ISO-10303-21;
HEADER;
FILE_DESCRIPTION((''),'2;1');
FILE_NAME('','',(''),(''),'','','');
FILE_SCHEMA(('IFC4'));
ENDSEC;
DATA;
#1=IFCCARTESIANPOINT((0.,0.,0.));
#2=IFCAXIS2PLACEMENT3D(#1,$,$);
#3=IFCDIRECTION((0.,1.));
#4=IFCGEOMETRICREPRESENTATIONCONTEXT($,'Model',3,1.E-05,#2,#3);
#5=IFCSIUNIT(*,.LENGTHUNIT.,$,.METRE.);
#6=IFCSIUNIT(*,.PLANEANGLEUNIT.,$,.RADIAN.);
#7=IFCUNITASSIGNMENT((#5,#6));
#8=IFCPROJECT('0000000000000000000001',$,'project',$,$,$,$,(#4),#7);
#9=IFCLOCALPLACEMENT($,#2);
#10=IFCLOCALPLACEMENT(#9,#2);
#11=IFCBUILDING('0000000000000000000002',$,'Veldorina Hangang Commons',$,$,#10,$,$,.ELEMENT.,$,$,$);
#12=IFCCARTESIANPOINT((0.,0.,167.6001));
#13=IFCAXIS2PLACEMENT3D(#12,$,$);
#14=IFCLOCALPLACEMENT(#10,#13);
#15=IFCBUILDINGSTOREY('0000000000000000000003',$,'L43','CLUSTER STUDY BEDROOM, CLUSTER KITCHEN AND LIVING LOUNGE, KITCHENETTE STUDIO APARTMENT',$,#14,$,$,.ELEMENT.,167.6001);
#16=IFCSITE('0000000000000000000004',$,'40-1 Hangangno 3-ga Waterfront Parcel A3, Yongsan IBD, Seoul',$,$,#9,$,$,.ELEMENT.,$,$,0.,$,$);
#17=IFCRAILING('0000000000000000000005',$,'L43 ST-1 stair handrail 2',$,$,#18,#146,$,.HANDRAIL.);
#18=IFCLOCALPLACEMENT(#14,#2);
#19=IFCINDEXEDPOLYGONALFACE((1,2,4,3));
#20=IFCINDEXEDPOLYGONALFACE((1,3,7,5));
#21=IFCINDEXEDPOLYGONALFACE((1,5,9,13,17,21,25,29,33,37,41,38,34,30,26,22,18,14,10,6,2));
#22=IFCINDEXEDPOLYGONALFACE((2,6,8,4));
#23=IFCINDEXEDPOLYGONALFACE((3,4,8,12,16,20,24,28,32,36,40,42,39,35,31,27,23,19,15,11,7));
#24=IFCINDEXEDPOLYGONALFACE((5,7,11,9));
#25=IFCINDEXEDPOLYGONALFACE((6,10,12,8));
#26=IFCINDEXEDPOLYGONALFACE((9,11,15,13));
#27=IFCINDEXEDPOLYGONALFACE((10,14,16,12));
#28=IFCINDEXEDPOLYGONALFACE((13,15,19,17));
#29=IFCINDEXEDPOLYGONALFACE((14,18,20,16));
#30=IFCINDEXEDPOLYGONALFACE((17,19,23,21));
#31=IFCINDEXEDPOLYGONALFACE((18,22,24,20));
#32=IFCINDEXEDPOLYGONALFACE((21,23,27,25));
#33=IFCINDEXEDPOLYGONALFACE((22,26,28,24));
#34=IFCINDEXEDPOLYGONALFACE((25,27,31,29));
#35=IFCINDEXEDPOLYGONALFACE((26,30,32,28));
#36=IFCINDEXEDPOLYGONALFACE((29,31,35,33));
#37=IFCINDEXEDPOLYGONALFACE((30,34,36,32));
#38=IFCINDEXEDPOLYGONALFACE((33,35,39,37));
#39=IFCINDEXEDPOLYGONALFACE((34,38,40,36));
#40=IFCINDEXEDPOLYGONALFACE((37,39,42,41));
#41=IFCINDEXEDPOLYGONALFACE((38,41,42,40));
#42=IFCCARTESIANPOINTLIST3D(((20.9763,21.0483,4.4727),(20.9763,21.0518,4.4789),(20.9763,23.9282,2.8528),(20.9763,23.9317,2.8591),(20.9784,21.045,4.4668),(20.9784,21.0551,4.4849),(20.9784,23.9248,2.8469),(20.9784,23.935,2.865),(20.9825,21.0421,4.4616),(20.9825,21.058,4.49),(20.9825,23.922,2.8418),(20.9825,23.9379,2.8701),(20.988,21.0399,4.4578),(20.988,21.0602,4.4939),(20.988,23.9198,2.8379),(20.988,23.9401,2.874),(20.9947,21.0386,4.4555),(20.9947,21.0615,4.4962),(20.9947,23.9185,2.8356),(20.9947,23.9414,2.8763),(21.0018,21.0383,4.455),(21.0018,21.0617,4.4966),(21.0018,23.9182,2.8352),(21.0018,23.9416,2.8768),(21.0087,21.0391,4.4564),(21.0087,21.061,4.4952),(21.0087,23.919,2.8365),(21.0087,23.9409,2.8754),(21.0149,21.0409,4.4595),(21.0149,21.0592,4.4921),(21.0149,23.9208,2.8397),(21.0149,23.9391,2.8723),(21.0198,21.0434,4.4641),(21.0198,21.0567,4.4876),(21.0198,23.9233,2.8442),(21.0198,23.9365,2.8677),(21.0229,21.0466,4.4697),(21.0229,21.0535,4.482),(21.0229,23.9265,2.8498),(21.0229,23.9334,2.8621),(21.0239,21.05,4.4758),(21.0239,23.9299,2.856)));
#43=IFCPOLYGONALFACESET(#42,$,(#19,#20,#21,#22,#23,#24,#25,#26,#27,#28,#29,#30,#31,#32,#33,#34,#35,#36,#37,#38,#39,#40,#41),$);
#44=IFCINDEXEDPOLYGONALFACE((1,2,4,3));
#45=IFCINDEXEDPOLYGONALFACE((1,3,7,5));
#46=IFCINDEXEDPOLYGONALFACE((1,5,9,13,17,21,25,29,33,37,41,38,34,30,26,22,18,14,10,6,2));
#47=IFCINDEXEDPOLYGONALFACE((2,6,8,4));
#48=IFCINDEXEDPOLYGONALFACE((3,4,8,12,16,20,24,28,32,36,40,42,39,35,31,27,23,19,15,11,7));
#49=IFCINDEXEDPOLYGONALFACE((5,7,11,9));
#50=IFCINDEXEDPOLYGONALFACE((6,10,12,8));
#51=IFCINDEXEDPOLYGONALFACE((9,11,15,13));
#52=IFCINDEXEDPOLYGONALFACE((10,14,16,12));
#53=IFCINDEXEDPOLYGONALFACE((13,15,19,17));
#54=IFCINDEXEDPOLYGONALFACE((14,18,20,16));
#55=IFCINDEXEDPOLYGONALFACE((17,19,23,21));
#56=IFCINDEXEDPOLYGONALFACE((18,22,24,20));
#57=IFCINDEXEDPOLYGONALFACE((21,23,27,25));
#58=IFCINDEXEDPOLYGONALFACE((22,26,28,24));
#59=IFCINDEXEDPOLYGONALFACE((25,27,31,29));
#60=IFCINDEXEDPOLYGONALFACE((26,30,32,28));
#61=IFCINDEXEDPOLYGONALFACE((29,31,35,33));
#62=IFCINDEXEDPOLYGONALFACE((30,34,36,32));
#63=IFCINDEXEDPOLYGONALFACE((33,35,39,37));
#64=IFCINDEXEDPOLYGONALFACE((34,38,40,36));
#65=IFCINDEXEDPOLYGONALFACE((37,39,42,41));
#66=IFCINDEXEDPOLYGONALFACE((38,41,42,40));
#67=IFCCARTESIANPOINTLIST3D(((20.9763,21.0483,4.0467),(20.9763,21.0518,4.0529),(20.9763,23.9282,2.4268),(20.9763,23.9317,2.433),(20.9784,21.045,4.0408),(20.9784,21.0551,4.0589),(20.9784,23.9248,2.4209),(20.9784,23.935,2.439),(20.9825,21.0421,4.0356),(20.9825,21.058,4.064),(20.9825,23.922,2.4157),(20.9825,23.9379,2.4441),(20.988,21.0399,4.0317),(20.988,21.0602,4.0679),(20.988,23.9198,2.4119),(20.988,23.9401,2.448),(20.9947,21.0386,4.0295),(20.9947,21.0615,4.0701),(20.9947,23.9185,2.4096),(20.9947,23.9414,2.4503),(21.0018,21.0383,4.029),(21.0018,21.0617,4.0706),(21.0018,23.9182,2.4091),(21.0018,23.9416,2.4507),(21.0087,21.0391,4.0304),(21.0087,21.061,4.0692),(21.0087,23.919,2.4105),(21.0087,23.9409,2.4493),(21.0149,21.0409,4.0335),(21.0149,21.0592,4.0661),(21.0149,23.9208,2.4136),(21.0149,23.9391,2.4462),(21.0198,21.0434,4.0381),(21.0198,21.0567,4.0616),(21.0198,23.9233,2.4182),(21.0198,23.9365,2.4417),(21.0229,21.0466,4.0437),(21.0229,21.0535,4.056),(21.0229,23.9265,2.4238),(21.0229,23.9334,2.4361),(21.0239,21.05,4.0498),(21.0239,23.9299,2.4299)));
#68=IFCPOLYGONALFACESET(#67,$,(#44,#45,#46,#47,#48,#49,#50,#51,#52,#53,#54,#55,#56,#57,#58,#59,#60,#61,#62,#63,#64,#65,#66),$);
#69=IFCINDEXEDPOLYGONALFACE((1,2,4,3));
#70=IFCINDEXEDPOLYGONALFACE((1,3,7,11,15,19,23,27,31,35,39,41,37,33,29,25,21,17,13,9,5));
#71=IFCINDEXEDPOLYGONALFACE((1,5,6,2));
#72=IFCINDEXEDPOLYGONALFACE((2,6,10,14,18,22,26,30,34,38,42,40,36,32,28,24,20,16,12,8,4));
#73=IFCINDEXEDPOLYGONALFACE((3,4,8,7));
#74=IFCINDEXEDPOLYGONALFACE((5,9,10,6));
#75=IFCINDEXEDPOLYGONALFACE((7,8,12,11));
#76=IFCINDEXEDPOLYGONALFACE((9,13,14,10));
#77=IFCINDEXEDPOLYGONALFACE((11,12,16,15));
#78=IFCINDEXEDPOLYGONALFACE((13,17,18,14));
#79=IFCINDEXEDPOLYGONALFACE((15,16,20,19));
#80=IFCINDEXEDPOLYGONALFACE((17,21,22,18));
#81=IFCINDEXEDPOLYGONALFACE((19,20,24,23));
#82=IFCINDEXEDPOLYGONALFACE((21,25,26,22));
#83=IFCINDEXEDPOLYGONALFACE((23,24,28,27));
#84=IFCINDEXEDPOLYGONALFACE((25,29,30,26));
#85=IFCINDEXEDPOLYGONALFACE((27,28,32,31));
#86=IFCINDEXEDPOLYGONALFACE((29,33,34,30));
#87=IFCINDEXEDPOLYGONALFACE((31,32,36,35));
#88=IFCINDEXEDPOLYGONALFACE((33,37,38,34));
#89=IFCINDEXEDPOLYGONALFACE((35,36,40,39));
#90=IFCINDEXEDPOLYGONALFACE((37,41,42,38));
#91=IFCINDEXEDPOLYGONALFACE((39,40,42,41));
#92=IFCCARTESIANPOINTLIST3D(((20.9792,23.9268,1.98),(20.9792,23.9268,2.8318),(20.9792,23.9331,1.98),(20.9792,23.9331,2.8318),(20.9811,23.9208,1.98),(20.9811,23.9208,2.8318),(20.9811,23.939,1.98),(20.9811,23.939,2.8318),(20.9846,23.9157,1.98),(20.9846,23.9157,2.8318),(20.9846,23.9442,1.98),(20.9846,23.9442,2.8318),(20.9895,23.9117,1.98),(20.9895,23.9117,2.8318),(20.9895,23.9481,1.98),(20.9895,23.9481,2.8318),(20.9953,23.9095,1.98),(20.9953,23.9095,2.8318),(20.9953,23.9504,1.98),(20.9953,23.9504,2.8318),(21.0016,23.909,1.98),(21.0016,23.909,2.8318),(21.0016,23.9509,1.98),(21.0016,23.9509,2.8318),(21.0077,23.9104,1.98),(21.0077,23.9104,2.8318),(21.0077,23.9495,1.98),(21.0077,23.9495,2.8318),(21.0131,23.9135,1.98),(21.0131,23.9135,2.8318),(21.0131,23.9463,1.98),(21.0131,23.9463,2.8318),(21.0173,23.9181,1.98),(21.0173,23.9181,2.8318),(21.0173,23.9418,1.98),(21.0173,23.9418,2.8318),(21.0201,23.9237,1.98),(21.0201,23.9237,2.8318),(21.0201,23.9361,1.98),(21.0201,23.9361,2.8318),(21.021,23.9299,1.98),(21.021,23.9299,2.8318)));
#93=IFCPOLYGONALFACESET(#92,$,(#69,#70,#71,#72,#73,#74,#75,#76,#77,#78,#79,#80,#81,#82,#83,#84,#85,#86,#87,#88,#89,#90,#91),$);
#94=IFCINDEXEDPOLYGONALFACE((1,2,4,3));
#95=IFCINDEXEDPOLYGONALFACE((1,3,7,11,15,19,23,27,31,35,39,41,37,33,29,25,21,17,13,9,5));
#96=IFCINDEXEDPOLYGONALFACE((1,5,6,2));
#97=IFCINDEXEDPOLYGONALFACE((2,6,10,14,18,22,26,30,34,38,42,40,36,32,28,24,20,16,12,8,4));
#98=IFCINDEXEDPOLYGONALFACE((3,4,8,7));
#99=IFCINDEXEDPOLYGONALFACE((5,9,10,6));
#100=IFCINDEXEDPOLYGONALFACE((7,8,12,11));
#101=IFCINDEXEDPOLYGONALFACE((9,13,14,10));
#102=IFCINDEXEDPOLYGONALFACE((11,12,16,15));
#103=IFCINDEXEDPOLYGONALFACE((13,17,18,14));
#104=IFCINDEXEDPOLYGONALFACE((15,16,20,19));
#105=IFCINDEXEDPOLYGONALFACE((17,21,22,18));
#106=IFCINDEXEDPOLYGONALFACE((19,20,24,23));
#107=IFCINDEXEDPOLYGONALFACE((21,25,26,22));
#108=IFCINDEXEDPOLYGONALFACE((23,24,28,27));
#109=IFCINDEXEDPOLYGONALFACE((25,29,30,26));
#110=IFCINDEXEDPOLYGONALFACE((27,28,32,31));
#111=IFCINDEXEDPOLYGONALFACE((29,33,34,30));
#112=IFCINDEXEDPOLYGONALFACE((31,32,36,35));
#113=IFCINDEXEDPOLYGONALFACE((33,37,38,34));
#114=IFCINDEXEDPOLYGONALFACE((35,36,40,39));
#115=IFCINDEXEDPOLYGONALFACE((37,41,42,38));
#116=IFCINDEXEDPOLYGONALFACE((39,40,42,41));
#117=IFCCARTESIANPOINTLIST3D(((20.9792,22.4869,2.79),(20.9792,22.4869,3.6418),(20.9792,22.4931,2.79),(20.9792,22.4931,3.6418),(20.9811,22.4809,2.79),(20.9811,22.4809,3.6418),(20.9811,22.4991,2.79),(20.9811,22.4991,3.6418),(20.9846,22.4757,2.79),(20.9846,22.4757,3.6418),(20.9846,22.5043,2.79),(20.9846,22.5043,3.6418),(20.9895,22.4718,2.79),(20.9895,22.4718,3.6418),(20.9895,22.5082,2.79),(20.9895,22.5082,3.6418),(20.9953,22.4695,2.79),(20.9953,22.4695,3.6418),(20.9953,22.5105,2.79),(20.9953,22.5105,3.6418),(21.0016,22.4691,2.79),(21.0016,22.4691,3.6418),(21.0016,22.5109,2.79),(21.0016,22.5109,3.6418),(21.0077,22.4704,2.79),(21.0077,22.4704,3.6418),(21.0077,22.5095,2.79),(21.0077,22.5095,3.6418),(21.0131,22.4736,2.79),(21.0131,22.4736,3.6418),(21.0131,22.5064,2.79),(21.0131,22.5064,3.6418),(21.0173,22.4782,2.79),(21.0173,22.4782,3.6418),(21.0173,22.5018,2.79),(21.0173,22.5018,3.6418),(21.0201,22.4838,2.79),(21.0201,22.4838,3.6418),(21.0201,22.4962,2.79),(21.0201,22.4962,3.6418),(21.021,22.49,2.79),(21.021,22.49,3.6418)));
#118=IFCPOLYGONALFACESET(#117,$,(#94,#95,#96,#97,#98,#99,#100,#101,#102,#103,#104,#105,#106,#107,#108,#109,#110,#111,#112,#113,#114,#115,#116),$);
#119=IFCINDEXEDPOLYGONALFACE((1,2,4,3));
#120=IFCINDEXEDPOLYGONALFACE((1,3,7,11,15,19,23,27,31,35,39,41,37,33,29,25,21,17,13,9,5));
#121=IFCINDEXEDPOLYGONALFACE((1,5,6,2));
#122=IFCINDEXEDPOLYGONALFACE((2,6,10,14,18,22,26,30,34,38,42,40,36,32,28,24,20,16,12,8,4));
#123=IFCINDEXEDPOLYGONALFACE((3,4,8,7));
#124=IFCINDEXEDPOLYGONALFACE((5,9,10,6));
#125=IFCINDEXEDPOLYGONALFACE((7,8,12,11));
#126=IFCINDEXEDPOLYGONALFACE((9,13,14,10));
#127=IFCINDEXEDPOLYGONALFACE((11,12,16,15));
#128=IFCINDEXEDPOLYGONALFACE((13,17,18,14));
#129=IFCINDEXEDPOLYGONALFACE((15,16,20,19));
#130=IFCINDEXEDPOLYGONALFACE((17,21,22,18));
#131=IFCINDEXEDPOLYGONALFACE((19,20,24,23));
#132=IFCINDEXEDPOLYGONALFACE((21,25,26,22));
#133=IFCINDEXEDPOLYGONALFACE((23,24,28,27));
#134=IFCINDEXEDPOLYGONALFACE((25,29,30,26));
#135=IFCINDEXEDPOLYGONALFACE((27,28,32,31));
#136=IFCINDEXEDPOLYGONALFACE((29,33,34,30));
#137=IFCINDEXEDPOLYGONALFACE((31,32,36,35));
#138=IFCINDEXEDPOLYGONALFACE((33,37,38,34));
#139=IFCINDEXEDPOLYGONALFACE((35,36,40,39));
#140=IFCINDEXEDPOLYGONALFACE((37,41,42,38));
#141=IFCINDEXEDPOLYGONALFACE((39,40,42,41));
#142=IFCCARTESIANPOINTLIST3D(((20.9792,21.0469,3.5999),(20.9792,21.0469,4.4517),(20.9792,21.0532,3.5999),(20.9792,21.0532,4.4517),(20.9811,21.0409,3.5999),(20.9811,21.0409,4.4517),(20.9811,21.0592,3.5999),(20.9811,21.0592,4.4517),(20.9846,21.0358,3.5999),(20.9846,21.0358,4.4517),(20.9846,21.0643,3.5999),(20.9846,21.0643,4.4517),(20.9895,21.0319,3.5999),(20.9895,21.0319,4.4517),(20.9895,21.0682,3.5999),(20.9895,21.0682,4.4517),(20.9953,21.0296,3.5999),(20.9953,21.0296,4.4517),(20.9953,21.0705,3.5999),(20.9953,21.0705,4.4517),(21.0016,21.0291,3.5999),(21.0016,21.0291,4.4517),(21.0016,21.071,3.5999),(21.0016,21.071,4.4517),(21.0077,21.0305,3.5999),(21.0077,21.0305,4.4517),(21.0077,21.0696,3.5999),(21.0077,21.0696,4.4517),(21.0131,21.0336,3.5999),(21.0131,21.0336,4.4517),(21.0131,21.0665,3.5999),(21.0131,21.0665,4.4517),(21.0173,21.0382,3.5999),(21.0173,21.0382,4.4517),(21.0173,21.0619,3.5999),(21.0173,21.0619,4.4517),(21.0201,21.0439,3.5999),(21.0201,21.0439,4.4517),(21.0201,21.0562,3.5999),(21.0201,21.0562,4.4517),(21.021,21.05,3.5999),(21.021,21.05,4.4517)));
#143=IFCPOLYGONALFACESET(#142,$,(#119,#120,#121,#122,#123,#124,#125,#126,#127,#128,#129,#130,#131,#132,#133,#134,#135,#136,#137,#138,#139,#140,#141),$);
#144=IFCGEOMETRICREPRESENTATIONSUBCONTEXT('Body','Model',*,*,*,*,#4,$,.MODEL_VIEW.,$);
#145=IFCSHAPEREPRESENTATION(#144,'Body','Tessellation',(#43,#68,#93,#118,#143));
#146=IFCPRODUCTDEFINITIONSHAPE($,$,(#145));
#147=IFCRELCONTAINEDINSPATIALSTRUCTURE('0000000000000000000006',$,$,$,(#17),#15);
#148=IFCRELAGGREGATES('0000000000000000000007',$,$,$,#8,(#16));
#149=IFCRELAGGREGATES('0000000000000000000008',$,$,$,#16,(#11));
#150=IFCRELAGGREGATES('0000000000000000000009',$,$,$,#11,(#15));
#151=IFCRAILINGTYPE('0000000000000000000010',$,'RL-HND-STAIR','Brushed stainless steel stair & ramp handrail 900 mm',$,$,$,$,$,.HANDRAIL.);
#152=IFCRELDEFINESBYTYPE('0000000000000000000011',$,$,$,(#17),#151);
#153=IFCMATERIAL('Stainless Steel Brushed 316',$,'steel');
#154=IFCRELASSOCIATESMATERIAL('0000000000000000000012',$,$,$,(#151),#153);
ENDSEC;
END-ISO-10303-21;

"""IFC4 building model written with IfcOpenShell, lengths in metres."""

from ifc_helpers import new_model, si_unit, direction, frame, origin, origin_2d, place, context, subcontext, project, spatial, circle, extrude, material, type_object, element, save


model = new_model("IFC4")

# Units and contexts
model_context = context("Model", 3, precision=1e-05, world=origin(), true_north=direction((0.0, 1.0)))
body_context = subcontext(model_context, "Body", "Model", "MODEL_VIEW")
ifc_project = project(units=[si_unit("LENGTHUNIT", "METRE"), si_unit("PLANEANGLEUNIT", "RADIAN")], contexts=[model_context])

# Site, building, storey
site_placement = place(None, origin())
site = spatial("IfcSite", under=ifc_project, at=site_placement, Name="40-1 Hangangno 3-ga Waterfront Parcel A3, Yongsan IBD, Seoul", CompositionType="ELEMENT", RefElevation=0.0)
building_placement = place(site_placement, origin())
building = spatial("IfcBuilding", under=site, at=building_placement, Name="Veldorina Hangang Commons", CompositionType="ELEMENT")
storey_placement = place(building_placement, frame((0.0, 0.0, 167.6001)))
storey = spatial("IfcBuildingStorey", under=building, at=storey_placement, Name="L43", Description="CLUSTER STUDY BEDROOM, CLUSTER KITCHEN AND LIVING LOUNGE, KITCHENETTE STUDIO APARTMENT", CompositionType="ELEMENT", Elevation=167.6001)

# Railing
ifc_material_1 = material(Name="Stainless Steel Brushed 316", Category="steel")
railing_type = type_object("IfcRailingType", Name="RL-HND-STAIR", Description="Brushed stainless steel stair & ramp handrail 900 mm", PredefinedType="HANDRAIL", material=ifc_material_1)
railing_placement = place(storey_placement, frame((21.0, 23.9299, 1.98)))
element("IfcRailing", 1, at=railing_placement, inside=storey, type_object=railing_type, Name="L43 ST-1 stair handrail 2", PredefinedType="HANDRAIL", context=body_context, shape_type="SweptSolid", body=[
    extrude(circle(Radius=0.0239, at=origin_2d()), frame((0.0, 0.0, 0.876), z_axis=(0.0, -0.871583, 0.490247), x_axis=(1.0, 0.0, 0.0)), (0.0, 0.0, 1.0), 3.3042),
    extrude(circle(Radius=0.0239, at=origin_2d()), frame((0.0, 0.0, 0.45), z_axis=(0.0, -0.871583, 0.490247), x_axis=(1.0, 0.0, 0.0)), (0.0, 0.0, 1.0), 3.3042),
    extrude(circle(Radius=0.021, at=origin_2d()), origin(), (0.0, 0.0, 1.0), 0.8518),
    extrude(circle(Radius=0.021, at=origin_2d()), frame((0.0, -1.4399, 0.8101)), (0.0, 0.0, 1.0), 0.8518),
    extrude(circle(Radius=0.021, at=origin_2d()), frame((0.0, -2.8799, 1.6199)), (0.0, 0.0, 1.0), 0.8518),
])

save(model, "model.ifc")
